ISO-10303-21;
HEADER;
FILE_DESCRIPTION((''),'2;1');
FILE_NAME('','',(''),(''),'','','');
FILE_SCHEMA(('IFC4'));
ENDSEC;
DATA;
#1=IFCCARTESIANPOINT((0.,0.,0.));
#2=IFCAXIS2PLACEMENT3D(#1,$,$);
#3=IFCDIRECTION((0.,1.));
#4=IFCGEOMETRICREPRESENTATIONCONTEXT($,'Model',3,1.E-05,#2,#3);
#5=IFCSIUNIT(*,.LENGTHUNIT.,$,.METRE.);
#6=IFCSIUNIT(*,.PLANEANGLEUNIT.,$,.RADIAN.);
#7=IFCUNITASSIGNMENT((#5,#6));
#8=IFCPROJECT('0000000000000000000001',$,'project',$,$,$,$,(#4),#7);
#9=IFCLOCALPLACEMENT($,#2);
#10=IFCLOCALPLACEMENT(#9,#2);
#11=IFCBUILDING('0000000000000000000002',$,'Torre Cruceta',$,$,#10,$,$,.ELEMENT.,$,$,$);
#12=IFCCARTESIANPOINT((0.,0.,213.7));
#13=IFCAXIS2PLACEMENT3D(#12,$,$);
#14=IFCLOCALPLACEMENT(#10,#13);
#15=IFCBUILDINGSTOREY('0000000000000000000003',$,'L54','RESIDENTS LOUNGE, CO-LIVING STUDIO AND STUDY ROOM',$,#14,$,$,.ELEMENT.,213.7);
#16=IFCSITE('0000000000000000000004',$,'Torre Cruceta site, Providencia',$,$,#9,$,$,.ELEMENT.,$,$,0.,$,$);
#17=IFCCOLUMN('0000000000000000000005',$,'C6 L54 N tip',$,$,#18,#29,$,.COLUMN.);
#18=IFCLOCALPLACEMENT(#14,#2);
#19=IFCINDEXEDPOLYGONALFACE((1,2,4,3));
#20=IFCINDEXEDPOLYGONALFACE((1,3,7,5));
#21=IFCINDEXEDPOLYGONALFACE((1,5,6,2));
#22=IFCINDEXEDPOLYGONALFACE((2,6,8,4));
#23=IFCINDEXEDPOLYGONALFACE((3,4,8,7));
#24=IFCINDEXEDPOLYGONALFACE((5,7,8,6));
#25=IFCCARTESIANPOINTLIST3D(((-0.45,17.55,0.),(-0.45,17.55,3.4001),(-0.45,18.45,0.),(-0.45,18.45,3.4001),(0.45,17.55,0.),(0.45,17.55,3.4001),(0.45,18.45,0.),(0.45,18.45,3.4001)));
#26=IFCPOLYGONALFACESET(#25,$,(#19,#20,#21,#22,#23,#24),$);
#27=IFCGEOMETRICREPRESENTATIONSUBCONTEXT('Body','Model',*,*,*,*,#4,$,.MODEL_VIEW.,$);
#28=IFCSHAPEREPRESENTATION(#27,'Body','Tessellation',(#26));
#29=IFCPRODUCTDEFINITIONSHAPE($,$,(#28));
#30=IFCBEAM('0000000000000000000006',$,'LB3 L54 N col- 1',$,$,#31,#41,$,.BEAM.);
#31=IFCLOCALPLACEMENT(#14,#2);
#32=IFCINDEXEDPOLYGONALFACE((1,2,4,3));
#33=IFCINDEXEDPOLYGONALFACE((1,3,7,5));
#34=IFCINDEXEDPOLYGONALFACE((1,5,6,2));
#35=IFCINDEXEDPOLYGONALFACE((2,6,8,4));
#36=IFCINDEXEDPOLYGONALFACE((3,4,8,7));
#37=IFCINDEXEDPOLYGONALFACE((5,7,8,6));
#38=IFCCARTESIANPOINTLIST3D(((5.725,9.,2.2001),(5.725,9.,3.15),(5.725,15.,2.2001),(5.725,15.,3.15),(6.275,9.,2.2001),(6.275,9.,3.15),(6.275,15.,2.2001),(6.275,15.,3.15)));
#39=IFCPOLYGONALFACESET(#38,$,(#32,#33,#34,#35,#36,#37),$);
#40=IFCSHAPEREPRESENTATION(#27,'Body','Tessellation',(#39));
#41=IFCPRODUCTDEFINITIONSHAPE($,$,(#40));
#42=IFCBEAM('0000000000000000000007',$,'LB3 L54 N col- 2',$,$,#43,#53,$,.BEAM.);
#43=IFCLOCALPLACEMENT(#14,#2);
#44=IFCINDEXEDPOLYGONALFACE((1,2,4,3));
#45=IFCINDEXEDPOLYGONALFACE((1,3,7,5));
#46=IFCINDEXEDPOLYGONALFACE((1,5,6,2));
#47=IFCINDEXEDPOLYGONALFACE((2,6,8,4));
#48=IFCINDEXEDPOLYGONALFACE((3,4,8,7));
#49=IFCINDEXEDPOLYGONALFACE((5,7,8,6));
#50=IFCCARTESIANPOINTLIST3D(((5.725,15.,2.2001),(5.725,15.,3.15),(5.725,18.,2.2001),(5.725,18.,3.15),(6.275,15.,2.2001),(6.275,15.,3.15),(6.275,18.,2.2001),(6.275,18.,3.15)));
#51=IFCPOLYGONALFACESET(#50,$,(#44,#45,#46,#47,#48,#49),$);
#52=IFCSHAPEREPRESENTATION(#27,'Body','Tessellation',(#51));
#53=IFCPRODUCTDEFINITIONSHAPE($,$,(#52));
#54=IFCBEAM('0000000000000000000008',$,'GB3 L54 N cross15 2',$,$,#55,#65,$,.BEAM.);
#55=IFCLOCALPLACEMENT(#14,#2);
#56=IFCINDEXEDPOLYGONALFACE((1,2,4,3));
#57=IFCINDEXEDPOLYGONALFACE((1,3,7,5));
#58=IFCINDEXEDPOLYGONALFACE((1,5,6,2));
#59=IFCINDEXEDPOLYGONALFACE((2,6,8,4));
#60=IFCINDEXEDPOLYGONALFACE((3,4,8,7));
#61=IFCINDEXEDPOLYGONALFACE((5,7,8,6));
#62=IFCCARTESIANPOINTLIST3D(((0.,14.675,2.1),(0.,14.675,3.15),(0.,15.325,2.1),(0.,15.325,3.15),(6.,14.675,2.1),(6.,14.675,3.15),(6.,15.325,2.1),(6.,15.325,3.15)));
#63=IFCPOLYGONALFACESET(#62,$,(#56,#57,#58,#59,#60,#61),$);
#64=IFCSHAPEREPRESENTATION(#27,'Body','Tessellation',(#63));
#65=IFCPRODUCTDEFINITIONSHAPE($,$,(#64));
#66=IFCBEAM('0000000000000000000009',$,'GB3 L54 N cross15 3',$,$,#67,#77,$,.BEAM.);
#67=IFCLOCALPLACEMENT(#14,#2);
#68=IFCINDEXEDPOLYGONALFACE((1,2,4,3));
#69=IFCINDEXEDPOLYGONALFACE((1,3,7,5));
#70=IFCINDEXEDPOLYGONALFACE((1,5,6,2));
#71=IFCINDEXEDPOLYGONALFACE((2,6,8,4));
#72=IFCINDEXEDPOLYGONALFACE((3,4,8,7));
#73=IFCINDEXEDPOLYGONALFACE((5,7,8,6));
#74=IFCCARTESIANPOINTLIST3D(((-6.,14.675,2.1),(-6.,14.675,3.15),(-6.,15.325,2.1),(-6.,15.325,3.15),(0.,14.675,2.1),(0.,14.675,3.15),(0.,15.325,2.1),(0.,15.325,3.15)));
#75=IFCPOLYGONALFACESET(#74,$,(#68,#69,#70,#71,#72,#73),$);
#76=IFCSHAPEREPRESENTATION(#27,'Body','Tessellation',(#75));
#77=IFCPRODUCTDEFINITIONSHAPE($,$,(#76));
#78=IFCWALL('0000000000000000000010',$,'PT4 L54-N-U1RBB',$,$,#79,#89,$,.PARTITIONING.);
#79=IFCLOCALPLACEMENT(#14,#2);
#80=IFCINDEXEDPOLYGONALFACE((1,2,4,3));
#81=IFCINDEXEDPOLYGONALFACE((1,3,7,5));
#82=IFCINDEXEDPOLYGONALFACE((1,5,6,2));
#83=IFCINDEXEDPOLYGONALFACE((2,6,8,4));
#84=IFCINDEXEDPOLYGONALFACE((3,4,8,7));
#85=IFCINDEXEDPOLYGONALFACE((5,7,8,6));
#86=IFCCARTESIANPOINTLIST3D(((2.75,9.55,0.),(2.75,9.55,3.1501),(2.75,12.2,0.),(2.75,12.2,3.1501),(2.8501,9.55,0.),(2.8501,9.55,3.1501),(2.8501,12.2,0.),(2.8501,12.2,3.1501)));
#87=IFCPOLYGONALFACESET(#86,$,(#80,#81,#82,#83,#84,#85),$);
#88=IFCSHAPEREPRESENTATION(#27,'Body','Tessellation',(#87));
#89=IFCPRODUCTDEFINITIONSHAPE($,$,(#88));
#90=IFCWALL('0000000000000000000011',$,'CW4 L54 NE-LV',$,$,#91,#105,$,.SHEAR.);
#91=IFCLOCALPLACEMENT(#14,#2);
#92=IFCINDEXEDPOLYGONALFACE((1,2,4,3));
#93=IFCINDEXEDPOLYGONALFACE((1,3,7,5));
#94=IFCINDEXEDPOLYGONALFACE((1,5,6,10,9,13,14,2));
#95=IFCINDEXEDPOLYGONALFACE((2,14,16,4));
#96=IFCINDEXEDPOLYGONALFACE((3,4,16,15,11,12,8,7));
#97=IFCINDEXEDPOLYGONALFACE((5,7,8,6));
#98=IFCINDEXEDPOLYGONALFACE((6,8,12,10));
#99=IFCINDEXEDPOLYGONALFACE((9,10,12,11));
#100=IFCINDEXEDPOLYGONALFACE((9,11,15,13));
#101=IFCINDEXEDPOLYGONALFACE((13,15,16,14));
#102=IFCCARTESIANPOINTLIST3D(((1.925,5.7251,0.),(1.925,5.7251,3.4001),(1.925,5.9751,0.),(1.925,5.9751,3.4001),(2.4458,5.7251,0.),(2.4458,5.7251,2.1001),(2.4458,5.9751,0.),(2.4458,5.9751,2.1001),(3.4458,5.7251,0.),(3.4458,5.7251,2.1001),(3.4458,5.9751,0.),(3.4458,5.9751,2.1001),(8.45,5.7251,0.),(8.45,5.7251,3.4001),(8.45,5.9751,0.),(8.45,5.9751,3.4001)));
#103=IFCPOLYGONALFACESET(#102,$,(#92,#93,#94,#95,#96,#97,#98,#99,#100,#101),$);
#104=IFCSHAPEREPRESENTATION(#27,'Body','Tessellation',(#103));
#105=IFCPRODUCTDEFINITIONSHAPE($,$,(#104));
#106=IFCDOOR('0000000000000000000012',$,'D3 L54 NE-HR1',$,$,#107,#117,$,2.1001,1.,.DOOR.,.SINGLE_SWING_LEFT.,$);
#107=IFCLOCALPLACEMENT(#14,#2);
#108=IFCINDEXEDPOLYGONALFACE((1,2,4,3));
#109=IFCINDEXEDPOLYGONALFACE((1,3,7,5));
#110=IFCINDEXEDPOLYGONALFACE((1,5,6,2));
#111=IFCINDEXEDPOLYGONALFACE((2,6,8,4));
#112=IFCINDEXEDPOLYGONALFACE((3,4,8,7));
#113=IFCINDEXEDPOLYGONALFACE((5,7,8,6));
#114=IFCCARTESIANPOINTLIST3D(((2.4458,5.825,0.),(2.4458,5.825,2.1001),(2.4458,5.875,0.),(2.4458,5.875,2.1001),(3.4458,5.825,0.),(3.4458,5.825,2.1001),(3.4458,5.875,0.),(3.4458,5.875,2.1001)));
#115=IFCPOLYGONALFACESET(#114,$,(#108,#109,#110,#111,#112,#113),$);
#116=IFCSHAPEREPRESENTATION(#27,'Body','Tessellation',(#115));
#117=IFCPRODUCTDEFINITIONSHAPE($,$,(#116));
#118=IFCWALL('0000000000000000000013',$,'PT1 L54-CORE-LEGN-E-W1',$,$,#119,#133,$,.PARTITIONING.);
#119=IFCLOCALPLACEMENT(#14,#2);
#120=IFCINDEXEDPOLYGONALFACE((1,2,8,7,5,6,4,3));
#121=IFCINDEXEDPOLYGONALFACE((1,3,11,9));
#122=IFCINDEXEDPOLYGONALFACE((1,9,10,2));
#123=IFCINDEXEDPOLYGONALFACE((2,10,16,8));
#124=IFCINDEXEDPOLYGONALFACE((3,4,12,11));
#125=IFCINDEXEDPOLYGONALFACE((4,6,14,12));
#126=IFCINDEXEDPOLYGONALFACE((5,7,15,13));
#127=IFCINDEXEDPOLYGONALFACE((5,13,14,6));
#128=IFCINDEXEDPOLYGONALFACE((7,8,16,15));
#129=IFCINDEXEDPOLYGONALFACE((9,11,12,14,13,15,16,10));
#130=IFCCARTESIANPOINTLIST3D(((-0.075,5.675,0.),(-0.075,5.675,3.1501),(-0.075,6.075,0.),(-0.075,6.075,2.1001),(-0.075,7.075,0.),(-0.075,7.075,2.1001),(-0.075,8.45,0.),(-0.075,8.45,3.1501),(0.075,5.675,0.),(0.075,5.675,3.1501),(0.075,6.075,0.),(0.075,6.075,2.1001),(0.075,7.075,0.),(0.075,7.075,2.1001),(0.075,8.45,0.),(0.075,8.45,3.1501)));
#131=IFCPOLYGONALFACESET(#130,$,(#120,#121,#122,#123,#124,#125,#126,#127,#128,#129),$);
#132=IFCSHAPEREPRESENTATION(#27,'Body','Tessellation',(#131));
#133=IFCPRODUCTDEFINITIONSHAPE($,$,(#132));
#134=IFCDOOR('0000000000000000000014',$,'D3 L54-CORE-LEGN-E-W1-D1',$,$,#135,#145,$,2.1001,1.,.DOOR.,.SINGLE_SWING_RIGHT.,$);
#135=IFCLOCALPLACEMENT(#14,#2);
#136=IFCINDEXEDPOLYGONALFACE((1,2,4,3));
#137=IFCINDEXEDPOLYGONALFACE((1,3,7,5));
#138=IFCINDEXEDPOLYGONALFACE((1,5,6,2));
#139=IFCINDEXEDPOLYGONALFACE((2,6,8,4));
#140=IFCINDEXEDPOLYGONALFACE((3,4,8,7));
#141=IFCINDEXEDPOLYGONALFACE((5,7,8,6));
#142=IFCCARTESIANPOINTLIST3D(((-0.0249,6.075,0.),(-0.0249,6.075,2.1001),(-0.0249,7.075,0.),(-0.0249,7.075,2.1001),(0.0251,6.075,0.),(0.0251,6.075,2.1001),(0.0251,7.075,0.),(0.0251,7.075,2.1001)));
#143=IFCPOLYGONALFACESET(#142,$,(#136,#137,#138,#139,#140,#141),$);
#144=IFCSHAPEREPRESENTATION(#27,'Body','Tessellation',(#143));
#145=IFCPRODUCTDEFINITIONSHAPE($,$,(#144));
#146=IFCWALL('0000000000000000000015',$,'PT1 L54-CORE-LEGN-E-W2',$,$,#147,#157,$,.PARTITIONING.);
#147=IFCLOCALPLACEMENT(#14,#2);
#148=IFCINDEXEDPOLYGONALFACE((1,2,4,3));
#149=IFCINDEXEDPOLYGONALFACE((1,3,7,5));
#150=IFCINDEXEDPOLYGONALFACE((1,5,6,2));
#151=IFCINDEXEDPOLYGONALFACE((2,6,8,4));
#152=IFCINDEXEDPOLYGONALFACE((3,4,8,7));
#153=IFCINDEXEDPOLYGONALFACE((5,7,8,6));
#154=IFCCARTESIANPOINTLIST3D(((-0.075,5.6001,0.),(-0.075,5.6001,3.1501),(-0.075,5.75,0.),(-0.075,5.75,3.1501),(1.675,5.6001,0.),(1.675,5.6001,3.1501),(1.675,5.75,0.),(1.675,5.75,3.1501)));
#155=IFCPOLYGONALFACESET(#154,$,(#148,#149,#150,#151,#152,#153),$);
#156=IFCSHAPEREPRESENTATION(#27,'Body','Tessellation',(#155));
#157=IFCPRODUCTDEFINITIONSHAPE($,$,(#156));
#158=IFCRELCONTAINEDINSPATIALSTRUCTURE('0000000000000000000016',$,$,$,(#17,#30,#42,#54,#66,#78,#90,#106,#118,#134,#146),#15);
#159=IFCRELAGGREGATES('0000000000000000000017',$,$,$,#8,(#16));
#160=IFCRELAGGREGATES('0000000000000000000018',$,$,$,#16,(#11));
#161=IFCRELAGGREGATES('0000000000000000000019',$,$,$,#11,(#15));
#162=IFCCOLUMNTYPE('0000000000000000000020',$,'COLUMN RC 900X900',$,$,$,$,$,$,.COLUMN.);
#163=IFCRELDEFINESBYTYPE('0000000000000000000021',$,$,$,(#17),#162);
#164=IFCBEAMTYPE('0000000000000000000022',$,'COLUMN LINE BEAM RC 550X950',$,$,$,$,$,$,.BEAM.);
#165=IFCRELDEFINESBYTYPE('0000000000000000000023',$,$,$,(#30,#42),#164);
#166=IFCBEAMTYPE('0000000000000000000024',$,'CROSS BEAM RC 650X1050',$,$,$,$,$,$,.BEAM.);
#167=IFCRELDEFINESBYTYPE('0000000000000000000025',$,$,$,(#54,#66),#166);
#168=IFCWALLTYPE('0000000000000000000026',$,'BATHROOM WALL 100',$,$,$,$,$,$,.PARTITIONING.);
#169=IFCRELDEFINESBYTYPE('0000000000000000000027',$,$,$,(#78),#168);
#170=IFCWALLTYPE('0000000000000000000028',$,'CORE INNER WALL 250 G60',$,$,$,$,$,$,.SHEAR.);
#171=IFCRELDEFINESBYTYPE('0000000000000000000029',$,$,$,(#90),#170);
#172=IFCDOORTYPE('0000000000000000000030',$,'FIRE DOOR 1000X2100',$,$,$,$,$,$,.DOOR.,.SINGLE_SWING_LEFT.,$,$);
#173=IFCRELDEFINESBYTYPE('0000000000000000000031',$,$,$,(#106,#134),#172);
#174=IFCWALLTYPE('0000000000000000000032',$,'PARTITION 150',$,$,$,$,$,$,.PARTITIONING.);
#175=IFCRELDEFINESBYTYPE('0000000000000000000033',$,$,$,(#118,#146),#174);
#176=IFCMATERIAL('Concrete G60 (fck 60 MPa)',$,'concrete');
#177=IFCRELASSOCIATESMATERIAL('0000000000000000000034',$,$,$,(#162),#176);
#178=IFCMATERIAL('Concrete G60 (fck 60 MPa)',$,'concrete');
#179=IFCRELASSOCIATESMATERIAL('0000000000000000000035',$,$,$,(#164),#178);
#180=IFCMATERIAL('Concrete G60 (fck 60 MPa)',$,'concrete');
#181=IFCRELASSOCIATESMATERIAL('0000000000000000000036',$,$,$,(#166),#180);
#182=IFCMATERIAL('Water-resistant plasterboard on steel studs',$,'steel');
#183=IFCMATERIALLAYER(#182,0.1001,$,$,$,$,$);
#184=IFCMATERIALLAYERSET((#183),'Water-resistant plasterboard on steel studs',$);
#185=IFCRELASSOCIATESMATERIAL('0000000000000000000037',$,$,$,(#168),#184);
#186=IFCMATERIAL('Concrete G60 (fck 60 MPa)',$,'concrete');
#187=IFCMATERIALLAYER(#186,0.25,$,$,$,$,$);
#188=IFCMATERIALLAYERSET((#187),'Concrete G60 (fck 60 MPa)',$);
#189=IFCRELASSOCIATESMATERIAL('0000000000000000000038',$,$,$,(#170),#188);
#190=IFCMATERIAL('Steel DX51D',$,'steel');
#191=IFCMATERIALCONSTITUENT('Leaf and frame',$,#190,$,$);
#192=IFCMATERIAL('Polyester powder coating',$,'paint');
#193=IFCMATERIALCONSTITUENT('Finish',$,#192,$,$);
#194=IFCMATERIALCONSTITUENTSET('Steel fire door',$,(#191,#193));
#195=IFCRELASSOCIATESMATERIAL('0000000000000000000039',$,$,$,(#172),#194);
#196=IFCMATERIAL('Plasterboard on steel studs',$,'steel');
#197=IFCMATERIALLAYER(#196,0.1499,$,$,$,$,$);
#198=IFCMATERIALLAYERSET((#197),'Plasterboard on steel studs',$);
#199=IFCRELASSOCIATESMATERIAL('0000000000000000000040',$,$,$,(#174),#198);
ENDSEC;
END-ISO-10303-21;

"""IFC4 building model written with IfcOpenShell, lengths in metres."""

from ifc_helpers import new_model, si_unit, direction, frame, frame_2d, origin, origin_2d, place, context, subcontext, project, spatial, rectangle, extrude, material, layer, layer_set, constituent, constituent_set, material_profile, profile_set, type_object, element, fill, save


model = new_model("IFC4")

# Units and contexts
model_context = context("Model", 3, precision=1e-05, world=origin(), true_north=direction((0.0, 1.0)))
body_context = subcontext(model_context, "Body", "Model", "MODEL_VIEW")
ifc_project = project(units=[si_unit("LENGTHUNIT", "METRE"), si_unit("PLANEANGLEUNIT", "RADIAN")], contexts=[model_context])

# Site, building, storey
site_placement = place(None, origin())
site = spatial("IfcSite", under=ifc_project, at=site_placement, Name="Torre Cruceta site, Providencia", CompositionType="ELEMENT", RefElevation=0.0)
building_placement = place(site_placement, origin())
building = spatial("IfcBuilding", under=site, at=building_placement, Name="Torre Cruceta", CompositionType="ELEMENT")
storey_placement = place(building_placement, frame((0.0, 0.0, 213.7)))
storey = spatial("IfcBuildingStorey", under=building, at=storey_placement, Name="L54", Description="RESIDENTS LOUNGE, CO-LIVING STUDIO AND STUDY ROOM", CompositionType="ELEMENT", Elevation=213.7)

# Column
ifc_material_1 = material(Name="Concrete G60 (fck 60 MPa)", Category="concrete")
ifc_material_profile_1 = material_profile(ifc_material_1, rectangle(XDim=0.8999, YDim=0.8999, at=origin_2d()), Name="RC 900X900")
ifc_profile_set_1 = profile_set([ifc_material_profile_1], Name="Concrete G60 (fck 60 MPa)")
column_type = type_object("IfcColumnType", Name="COLUMN RC 900X900", PredefinedType="COLUMN", material=ifc_profile_set_1)
column_placement = place(storey_placement, frame((0.0, 18.0, 0.0), z_axis=(0.0, 0.0, 1.0), x_axis=(1.0, 0.0, 0.0)))
element("IfcColumn", 1, at=column_placement, inside=storey, type_object=column_type, Name="C6 L54 N tip", PredefinedType="COLUMN", context=body_context, shape_type="SweptSolid", body=[
    extrude(rectangle(XDim=0.8999, YDim=0.8999, at=origin_2d()), origin(), (0.0, 0.0, 1.0), 3.4001),
])

# Beams
ifc_material_2 = material(Name="Concrete G60 (fck 60 MPa)", Category="concrete")
ifc_material_profile_2 = material_profile(ifc_material_2, rectangle(XDim=0.55, YDim=0.95, at=origin_2d()), Name="RC 550X950")
ifc_profile_set_2 = profile_set([ifc_material_profile_2], Name="Concrete G60 (fck 60 MPa)")
beam_type_1 = type_object("IfcBeamType", Name="COLUMN LINE BEAM RC 550X950", PredefinedType="BEAM", material=ifc_profile_set_2)
beam_1_placement = place(storey_placement, frame((6.0, 9.0, 2.675), z_axis=(0.0, 1.0, 0.0), x_axis=(-1.0, 0.0, 0.0)))
element("IfcBeam", 2, at=beam_1_placement, inside=storey, type_object=beam_type_1, Name="LB3 L54 N col- 1", PredefinedType="BEAM", context=body_context, shape_type="SweptSolid", body=[
    extrude(rectangle(XDim=0.55, YDim=0.95, at=origin_2d()), origin(), (0.0, 0.0, 1.0), 6.0),
])
beam_2_placement = place(storey_placement, frame((6.0, 15.0, 2.675), z_axis=(0.0, 1.0, 0.0), x_axis=(-1.0, 0.0, 0.0)))
element("IfcBeam", 3, at=beam_2_placement, inside=storey, type_object=beam_type_1, Name="LB3 L54 N col- 2", PredefinedType="BEAM", context=body_context, shape_type="SweptSolid", body=[
    extrude(rectangle(XDim=0.55, YDim=0.95, at=origin_2d()), origin(), (0.0, 0.0, 1.0), 3.0),
])
ifc_material_3 = material(Name="Concrete G60 (fck 60 MPa)", Category="concrete")
ifc_material_profile_3 = material_profile(ifc_material_3, rectangle(XDim=0.6499, YDim=1.05, at=origin_2d()), Name="RC 650X1050")
ifc_profile_set_3 = profile_set([ifc_material_profile_3], Name="Concrete G60 (fck 60 MPa)")
beam_type_2 = type_object("IfcBeamType", Name="CROSS BEAM RC 650X1050", PredefinedType="BEAM", material=ifc_profile_set_3)
for number, where, z_axis, x_axis, name in (
    (4, (6.0, 15.0, 2.625), (-1.0, 0.0, 0.0), (0.0, -1.0, 0.0), "GB3 L54 N cross15 2"),
    (5, (0.0, 15.0, 2.625), (-1.0, 0.0, 0.0), (0.0, -1.0, 0.0), "GB3 L54 N cross15 3"),
):
    element("IfcBeam", number, at=place(storey_placement, frame(where, z_axis=z_axis, x_axis=x_axis)), inside=storey, type_object=beam_type_2, Name=name, PredefinedType="BEAM", context=body_context, shape_type="SweptSolid", body=[
        extrude(rectangle(XDim=0.6499, YDim=1.05, at=origin_2d()), origin(), (0.0, 0.0, 1.0), 6.0),
    ])

# Wall
ifc_material_4 = material(Name="Water-resistant plasterboard on steel studs", Category="steel")
ifc_layer_1 = layer(ifc_material_4, 0.1001)
ifc_layer_set_1 = layer_set([ifc_layer_1], Name="Water-resistant plasterboard on steel studs")
wall_type_1 = type_object("IfcWallType", Name="BATHROOM WALL 100", PredefinedType="PARTITIONING", material=ifc_layer_set_1)
wall_1_placement = place(storey_placement, frame((2.8, 9.55, 0.0), z_axis=(0.0, 0.0, 1.0), x_axis=(0.0, 1.0, 0.0)))
element("IfcWall", 6, at=wall_1_placement, inside=storey, type_object=wall_type_1, Name="PT4 L54-N-U1RBB", PredefinedType="PARTITIONING", context=body_context, shape_type="SweptSolid", body=[
    extrude(rectangle(XDim=2.6499, YDim=0.1001, at=frame_2d((1.325, 0.0))), origin(), (0.0, 0.0, 1.0), 3.1501),
])

# Walls, openings, doors
ifc_material_5 = material(Name="Concrete G60 (fck 60 MPa)", Category="concrete")
ifc_layer_2 = layer(ifc_material_5, 0.25)
ifc_layer_set_2 = layer_set([ifc_layer_2], Name="Concrete G60 (fck 60 MPa)")
wall_type_2 = type_object("IfcWallType", Name="CORE INNER WALL 250 G60", PredefinedType="SHEAR", material=ifc_layer_set_2)
wall_2_placement = place(storey_placement, frame((1.925, 5.8501, 0.0), z_axis=(0.0, 0.0, 1.0), x_axis=(1.0, 0.0, 0.0)))
wall_2 = element("IfcWall", 7, at=wall_2_placement, inside=storey, type_object=wall_type_2, Name="CW4 L54 NE-LV", PredefinedType="SHEAR", context=body_context, shape_type="SweptSolid", body=[
    extrude(rectangle(XDim=6.5249, YDim=0.25, at=frame_2d((3.2625, 0.0))), origin(), (0.0, 0.0, 1.0), 3.4001),
])
opening_1_placement = place(wall_2_placement, frame((0.5208, 0.0, 0.0)))
opening_1 = element("IfcOpeningElement", 8, at=opening_1_placement, cuts=wall_2, PredefinedType="OPENING", context=body_context, shape_type="SweptSolid", body=[
    extrude(rectangle(XDim=1.0, YDim=2.1001, at=frame_2d((0.5, 1.05))), frame((0.0, 0.135, 0.0), z_axis=(0.0, -1.0, 0.0), x_axis=(1.0, 0.0, 0.0)), (0.0, 0.0, 1.0), 0.27),
])
ifc_material_6 = material(Name="Steel DX51D", Category="steel")
ifc_constituent_1 = constituent(ifc_material_6, Name="Leaf and frame")
ifc_material_7 = material(Name="Polyester powder coating", Category="paint")
ifc_constituent_2 = constituent(ifc_material_7, Name="Finish")
ifc_constituent_set_1 = constituent_set(constituents=[ifc_constituent_1, ifc_constituent_2], Name="Steel fire door")
door_type_1 = type_object("IfcDoorType", Name="FIRE DOOR 1000X2100", OperationType="SINGLE_SWING_LEFT", PredefinedType="DOOR", material=ifc_constituent_set_1)
door_1_placement = place(opening_1_placement, origin())
door_1 = element("IfcDoor", 9, at=door_1_placement, inside=storey, type_object=door_type_1, Name="D3 L54 NE-HR1", OperationType="SINGLE_SWING_LEFT", OverallHeight=2.1001, OverallWidth=1.0, PredefinedType="DOOR", context=body_context, shape_type="SweptSolid", body=[
    extrude(rectangle(XDim=1.0, YDim=2.1001, at=frame_2d((0.5, 1.05))), frame((0.0, 0.0249, 0.0), z_axis=(0.0, -1.0, 0.0), x_axis=(1.0, 0.0, 0.0)), (0.0, 0.0, 1.0), 0.05),
])
fill(opening_1, door_1)
ifc_material_8 = material(Name="Plasterboard on steel studs", Category="steel")
ifc_layer_3 = layer(ifc_material_8, 0.1499)
ifc_layer_set_3 = layer_set([ifc_layer_3], Name="Plasterboard on steel studs")
wall_type_3 = type_object("IfcWallType", Name="PARTITION 150", PredefinedType="PARTITIONING", material=ifc_layer_set_3)
wall_3_placement = place(storey_placement, frame((0.0, 5.675, 0.0), z_axis=(0.0, 0.0, 1.0), x_axis=(0.0, 1.0, 0.0)))
wall_3 = element("IfcWall", 10, at=wall_3_placement, inside=storey, type_object=wall_type_3, Name="PT1 L54-CORE-LEGN-E-W1", PredefinedType="PARTITIONING", context=body_context, shape_type="SweptSolid", body=[
    extrude(rectangle(XDim=2.7749, YDim=0.1499, at=frame_2d((1.3875, 0.0))), origin(), (0.0, 0.0, 1.0), 3.1501),
])
opening_2_placement = place(wall_3_placement, frame((0.3999, 0.0, 0.0)))
opening_2 = element("IfcOpeningElement", 11, at=opening_2_placement, cuts=wall_3, PredefinedType="OPENING", context=body_context, shape_type="SweptSolid", body=[
    extrude(rectangle(XDim=1.0, YDim=2.1001, at=frame_2d((0.5, 1.05))), frame((0.0, 0.085, 0.0), z_axis=(0.0, -1.0, 0.0), x_axis=(1.0, 0.0, 0.0)), (0.0, 0.0, 1.0), 0.1699),
])
door_2_placement = place(opening_2_placement, frame((1.0, 0.0, 0.0), z_axis=(0.0, 0.0, 1.0), x_axis=(-1.0, 0.0, 0.0)))
door_2 = element("IfcDoor", 12, at=door_2_placement, inside=storey, type_object=door_type_1, Name="D3 L54-CORE-LEGN-E-W1-D1", OperationType="SINGLE_SWING_RIGHT", OverallHeight=2.1001, OverallWidth=1.0, PredefinedType="DOOR", context=body_context, shape_type="SweptSolid", body=[
    extrude(rectangle(XDim=1.0, YDim=2.1001, at=frame_2d((0.5, 1.05))), frame((0.0, 0.0251, 0.0), z_axis=(0.0, -1.0, 0.0), x_axis=(1.0, 0.0, 0.0)), (0.0, 0.0, 1.0), 0.05),
])
fill(opening_2, door_2)

# Wall
wall_4_placement = place(storey_placement, frame((1.675, 5.675, 0.0), z_axis=(0.0, 0.0, 1.0), x_axis=(-1.0, 0.0, 0.0)))
element("IfcWall", 13, at=wall_4_placement, inside=storey, type_object=wall_type_3, Name="PT1 L54-CORE-LEGN-E-W2", PredefinedType="PARTITIONING", context=body_context, shape_type="SweptSolid", body=[
    extrude(rectangle(XDim=1.75, YDim=0.1499, at=frame_2d((0.875, 0.0))), origin(), (0.0, 0.0, 1.0), 3.1501),
])

save(model, "model.ifc")
